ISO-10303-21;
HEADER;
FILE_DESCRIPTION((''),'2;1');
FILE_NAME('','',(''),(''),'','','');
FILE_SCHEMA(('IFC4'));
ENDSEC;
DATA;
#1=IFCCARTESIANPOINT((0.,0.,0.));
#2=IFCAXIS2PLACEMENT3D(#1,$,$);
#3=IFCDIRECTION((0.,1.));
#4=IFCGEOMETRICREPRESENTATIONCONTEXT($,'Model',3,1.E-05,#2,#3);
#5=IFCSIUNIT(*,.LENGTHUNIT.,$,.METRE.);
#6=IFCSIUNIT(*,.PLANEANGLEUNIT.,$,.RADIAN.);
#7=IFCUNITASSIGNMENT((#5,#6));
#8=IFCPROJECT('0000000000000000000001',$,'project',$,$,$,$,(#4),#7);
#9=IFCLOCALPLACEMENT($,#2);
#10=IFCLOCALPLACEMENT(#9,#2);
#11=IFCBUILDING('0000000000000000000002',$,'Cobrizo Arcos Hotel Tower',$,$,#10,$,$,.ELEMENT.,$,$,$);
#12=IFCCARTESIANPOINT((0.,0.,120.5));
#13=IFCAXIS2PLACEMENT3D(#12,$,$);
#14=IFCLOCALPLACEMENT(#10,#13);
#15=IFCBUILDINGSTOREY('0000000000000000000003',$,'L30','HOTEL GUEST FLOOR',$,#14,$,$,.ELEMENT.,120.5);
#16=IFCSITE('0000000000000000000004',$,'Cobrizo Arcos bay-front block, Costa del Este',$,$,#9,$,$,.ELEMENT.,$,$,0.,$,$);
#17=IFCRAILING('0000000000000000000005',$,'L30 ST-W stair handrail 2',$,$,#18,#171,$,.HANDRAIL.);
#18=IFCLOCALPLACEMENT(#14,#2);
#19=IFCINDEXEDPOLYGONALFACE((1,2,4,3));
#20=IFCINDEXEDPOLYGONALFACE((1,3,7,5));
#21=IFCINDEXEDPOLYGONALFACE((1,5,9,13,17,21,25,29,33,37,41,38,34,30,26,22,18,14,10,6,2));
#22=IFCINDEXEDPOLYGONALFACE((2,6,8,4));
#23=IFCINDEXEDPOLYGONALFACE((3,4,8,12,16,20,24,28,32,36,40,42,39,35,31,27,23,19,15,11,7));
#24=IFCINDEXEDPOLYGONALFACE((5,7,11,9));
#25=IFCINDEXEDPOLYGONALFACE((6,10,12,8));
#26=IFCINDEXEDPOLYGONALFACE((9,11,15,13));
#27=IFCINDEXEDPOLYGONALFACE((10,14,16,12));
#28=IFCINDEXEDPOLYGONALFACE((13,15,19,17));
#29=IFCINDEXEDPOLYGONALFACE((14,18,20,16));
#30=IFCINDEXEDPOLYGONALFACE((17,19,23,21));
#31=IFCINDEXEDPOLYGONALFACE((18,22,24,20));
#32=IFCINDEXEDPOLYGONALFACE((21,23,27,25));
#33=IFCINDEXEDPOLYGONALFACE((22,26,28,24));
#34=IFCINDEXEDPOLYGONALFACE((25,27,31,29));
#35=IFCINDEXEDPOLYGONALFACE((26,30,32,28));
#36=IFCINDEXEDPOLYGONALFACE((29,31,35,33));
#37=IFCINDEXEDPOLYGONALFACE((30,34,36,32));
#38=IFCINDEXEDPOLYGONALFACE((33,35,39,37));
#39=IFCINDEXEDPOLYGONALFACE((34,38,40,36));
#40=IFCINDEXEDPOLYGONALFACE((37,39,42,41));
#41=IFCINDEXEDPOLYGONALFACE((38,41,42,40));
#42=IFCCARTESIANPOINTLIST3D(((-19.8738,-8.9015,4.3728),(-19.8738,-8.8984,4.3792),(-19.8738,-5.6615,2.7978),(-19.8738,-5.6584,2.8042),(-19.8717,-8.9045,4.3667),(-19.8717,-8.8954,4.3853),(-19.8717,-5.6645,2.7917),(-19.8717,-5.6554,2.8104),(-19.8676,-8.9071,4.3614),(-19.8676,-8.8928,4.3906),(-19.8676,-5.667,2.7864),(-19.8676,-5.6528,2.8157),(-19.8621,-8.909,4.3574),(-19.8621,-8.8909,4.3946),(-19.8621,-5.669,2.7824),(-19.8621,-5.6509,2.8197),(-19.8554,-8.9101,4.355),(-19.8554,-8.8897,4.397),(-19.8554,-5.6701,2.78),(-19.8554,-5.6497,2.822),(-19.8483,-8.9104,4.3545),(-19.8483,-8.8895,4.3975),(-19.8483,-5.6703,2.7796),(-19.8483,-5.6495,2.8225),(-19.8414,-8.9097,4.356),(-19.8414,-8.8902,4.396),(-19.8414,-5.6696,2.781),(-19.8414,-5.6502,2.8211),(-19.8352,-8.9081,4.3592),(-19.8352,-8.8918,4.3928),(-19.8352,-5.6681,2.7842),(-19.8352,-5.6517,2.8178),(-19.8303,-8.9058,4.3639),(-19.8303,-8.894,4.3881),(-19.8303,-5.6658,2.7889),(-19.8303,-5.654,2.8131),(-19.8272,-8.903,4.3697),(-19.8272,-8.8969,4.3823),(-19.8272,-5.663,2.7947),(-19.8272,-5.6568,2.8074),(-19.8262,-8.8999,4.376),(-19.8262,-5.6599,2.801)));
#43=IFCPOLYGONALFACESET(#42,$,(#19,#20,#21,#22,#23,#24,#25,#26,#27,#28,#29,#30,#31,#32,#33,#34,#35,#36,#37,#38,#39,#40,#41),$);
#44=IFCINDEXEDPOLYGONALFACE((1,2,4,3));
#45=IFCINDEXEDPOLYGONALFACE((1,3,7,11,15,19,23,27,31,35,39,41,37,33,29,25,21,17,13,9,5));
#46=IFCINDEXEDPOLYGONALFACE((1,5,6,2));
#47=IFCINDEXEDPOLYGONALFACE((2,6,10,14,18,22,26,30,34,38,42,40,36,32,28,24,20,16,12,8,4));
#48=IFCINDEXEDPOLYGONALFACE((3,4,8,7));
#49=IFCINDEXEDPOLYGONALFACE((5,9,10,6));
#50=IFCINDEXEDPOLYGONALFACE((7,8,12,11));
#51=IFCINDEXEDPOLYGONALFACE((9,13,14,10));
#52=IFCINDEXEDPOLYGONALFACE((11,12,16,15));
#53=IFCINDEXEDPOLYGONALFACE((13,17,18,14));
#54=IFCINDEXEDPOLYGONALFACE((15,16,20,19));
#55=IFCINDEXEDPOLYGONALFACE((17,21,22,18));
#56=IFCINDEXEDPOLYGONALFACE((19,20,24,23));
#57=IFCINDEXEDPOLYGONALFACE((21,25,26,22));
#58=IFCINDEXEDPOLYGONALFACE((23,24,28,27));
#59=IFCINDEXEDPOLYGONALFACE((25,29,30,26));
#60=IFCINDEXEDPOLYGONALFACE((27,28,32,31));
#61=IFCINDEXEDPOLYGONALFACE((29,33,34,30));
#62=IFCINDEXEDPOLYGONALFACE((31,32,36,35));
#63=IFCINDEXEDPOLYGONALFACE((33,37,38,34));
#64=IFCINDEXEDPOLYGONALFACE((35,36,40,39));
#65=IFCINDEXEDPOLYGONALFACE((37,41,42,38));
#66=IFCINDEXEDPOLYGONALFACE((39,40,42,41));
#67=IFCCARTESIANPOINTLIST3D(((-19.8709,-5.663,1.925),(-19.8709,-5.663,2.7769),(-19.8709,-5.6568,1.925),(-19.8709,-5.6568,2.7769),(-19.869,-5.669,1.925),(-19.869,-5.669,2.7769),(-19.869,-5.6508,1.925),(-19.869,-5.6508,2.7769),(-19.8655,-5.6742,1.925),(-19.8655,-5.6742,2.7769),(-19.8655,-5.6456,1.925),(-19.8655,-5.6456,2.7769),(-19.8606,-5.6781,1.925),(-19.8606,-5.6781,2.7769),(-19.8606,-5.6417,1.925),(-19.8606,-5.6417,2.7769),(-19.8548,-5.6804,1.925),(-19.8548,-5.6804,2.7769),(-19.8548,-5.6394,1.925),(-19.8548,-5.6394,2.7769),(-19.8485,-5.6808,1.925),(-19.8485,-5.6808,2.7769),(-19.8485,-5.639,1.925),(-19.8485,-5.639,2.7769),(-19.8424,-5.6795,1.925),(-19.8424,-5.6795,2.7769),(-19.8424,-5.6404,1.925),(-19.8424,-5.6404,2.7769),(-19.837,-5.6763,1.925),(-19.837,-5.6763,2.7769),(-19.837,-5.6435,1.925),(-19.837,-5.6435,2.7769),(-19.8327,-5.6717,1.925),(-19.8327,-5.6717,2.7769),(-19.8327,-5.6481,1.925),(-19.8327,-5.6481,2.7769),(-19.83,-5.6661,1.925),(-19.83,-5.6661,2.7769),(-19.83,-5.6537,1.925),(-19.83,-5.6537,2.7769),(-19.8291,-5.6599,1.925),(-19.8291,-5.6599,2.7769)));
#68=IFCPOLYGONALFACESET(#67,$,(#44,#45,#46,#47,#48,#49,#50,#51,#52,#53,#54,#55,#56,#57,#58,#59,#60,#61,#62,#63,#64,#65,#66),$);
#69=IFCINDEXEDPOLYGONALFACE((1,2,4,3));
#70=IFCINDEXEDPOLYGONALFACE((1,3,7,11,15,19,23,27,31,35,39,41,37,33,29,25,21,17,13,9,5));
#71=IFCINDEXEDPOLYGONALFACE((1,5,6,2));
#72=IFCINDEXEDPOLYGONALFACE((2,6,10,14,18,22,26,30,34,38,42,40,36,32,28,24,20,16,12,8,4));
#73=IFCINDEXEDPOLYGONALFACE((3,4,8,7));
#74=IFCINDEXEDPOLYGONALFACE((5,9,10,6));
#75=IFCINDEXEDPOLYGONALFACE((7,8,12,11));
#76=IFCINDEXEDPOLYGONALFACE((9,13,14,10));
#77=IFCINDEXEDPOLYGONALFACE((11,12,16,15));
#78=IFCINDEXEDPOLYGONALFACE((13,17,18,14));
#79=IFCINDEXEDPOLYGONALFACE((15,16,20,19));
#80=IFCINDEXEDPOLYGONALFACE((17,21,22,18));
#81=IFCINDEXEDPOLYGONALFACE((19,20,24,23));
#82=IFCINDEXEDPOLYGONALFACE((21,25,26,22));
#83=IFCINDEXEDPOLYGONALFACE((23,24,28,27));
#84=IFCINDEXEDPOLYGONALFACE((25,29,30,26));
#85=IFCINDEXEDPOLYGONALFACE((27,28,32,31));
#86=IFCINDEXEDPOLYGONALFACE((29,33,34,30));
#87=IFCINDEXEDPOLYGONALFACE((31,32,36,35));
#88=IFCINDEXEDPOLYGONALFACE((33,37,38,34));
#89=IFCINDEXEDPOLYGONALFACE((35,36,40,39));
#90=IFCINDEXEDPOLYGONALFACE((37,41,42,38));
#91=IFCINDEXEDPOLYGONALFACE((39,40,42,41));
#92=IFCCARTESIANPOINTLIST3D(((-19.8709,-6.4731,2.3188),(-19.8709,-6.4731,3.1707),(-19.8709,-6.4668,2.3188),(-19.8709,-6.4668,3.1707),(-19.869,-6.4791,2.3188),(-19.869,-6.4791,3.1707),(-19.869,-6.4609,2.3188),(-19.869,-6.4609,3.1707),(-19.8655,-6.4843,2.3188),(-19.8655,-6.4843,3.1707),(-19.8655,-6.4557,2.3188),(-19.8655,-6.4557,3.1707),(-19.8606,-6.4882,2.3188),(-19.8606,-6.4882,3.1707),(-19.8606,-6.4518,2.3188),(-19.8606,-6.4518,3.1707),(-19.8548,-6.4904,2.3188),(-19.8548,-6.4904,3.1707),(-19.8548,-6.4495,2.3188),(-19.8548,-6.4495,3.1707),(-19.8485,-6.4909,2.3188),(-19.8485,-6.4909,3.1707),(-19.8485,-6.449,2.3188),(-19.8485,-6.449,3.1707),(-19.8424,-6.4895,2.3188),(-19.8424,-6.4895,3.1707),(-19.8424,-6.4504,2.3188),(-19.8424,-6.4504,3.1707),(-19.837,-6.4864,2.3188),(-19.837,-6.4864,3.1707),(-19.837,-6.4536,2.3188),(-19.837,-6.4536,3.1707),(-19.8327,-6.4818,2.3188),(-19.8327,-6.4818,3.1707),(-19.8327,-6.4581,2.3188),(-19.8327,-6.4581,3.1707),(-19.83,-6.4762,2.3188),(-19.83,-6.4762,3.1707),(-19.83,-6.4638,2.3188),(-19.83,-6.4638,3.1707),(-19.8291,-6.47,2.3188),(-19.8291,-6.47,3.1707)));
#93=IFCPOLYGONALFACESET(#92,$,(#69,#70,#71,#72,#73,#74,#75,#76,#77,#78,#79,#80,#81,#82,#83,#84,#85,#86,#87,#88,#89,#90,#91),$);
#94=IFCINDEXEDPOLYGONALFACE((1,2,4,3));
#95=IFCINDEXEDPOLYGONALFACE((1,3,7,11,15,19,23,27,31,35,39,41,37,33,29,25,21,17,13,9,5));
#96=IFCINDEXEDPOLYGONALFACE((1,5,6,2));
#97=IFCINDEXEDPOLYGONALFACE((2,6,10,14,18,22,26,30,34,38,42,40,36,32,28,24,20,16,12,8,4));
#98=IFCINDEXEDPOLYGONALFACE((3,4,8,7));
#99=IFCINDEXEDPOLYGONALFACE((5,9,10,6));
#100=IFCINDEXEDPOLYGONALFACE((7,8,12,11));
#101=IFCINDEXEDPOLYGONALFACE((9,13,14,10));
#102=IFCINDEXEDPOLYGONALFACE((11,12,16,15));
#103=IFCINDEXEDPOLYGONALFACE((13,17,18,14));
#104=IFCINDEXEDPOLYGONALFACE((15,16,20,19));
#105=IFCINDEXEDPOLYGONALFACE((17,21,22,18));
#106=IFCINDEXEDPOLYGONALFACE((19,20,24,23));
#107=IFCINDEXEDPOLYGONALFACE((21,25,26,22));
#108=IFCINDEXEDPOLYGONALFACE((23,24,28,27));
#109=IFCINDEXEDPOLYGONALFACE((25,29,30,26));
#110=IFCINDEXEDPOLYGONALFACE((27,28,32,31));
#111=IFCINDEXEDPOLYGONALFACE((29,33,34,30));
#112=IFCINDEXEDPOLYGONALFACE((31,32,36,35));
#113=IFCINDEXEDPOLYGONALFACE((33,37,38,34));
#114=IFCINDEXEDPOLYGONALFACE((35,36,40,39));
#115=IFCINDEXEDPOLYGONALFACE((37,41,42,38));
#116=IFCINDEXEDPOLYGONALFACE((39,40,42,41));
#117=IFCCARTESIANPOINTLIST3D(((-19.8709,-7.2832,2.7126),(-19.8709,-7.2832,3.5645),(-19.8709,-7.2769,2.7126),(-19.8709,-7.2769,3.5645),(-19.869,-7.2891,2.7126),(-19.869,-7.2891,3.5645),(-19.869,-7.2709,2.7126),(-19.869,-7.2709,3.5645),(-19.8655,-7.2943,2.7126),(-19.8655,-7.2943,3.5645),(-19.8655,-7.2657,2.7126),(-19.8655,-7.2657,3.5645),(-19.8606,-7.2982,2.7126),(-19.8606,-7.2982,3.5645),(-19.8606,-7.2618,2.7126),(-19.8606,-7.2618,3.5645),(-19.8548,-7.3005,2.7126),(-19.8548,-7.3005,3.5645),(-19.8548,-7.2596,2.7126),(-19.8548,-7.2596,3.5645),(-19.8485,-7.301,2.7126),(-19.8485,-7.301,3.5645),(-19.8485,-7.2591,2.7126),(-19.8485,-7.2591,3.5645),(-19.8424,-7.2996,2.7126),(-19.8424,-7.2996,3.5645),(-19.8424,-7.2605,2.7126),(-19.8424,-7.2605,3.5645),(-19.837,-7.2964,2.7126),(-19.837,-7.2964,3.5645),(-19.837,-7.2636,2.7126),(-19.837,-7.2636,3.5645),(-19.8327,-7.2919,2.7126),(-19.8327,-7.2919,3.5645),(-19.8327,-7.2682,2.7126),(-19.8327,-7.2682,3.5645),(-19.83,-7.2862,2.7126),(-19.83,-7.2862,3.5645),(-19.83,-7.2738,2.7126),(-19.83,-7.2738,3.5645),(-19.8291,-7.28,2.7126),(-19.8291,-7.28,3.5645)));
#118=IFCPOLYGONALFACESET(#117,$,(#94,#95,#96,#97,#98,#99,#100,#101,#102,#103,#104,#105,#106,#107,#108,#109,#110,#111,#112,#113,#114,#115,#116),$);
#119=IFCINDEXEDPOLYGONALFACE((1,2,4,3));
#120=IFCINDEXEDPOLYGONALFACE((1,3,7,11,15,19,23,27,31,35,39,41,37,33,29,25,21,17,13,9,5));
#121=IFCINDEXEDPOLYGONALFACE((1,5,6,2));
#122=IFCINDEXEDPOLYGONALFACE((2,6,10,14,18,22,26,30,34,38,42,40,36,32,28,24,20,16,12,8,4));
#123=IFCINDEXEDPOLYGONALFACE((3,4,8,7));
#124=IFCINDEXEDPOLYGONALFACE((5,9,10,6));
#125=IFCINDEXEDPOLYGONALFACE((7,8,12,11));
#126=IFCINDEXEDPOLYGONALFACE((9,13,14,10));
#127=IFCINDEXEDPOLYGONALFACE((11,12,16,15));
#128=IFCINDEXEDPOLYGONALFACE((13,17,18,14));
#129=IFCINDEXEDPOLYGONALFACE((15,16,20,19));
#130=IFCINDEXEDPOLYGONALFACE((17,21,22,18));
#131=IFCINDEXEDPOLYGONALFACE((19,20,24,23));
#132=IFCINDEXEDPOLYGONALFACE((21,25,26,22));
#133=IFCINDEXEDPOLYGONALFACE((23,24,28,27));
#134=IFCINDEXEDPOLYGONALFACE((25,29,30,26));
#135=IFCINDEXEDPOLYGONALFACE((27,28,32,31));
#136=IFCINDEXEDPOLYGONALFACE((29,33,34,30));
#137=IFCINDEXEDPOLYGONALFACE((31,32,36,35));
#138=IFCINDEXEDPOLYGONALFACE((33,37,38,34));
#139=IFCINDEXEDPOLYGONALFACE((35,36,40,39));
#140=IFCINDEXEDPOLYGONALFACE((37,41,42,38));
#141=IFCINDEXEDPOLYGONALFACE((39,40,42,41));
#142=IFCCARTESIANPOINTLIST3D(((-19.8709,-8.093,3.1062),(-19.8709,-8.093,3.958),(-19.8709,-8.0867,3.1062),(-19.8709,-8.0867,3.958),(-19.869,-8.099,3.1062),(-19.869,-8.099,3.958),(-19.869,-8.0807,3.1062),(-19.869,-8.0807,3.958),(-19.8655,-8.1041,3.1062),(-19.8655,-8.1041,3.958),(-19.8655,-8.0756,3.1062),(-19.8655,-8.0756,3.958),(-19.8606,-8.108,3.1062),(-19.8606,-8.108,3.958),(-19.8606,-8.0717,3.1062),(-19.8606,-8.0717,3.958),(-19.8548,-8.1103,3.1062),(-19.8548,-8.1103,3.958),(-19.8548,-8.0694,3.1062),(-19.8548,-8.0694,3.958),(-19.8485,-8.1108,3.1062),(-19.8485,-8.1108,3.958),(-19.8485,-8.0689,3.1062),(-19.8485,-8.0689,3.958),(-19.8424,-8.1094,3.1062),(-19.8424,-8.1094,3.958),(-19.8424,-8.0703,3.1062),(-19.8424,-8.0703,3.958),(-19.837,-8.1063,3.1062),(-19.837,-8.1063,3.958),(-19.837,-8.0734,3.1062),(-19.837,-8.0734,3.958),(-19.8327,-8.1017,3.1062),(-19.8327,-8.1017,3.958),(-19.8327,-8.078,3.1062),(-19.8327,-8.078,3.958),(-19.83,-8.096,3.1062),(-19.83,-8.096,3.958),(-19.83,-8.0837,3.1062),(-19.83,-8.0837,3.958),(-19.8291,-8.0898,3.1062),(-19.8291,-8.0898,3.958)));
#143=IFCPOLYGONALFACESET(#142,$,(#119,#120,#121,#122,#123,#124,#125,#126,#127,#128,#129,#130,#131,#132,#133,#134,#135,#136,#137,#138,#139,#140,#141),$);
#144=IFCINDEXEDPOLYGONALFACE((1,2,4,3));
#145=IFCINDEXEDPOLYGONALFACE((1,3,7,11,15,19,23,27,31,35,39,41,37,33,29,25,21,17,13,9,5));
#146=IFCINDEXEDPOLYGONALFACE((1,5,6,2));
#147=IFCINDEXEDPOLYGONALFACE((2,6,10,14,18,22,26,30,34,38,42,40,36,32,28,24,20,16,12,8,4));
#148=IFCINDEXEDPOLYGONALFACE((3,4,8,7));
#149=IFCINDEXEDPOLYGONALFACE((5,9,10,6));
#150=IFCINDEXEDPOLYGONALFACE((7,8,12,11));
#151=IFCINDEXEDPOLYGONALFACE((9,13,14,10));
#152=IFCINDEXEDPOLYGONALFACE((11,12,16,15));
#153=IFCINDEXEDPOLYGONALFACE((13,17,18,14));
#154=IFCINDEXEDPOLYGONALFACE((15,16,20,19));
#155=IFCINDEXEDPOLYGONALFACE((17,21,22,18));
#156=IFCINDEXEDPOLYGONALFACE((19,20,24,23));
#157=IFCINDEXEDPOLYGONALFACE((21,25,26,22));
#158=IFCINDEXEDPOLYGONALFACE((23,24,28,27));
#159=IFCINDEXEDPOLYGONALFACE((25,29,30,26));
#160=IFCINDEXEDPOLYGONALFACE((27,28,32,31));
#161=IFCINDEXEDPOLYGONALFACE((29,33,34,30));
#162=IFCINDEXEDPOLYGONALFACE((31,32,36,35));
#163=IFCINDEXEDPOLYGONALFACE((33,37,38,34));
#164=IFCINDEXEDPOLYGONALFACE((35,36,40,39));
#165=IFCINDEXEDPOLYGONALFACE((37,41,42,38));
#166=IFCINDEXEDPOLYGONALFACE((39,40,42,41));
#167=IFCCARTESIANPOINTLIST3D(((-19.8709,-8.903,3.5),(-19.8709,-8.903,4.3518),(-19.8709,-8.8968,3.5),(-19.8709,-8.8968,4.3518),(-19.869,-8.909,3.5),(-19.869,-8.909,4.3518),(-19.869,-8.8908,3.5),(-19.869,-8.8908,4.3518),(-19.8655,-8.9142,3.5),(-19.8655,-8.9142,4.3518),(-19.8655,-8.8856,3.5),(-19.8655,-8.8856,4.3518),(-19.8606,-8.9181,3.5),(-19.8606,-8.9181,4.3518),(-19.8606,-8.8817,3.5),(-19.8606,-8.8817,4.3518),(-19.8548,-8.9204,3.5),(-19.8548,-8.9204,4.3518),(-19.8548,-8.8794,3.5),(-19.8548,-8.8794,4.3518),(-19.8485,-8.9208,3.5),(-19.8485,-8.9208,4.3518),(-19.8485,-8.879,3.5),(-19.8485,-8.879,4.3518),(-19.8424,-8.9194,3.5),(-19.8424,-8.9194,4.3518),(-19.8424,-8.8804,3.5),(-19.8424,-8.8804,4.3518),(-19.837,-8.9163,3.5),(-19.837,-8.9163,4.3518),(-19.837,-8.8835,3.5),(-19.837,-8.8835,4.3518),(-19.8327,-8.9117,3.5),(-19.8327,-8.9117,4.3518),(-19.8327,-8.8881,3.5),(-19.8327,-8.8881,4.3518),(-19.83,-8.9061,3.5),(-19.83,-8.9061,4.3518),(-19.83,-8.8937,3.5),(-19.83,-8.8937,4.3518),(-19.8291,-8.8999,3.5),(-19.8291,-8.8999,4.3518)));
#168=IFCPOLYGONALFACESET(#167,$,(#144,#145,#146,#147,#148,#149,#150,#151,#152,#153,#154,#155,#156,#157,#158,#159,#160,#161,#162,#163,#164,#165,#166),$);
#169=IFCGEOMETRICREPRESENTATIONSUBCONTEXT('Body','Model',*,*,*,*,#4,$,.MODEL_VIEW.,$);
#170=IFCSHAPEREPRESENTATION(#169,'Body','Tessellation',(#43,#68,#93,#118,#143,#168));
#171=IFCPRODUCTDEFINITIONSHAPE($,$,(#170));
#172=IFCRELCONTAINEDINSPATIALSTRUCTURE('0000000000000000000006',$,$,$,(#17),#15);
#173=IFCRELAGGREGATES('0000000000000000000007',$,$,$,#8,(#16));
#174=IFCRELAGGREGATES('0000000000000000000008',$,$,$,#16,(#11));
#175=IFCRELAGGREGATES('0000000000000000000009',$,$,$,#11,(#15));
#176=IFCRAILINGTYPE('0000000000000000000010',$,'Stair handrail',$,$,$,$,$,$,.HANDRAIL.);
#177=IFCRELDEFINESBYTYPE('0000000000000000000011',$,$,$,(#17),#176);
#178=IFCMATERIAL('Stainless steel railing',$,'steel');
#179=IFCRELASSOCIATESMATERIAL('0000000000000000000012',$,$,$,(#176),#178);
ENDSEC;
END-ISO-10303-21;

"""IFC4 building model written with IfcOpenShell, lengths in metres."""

from ifc_helpers import new_model, si_unit, direction, frame, origin, origin_2d, place, context, subcontext, project, spatial, circle, extrude, material, type_object, element, save


model = new_model("IFC4")

# Units and contexts
model_context = context("Model", 3, precision=1e-05, world=origin(), true_north=direction((0.0, 1.0)))
body_context = subcontext(model_context, "Body", "Model", "MODEL_VIEW")
ifc_project = project(units=[si_unit("LENGTHUNIT", "METRE"), si_unit("PLANEANGLEUNIT", "RADIAN")], contexts=[model_context])

# Site, building, storey
site_placement = place(None, origin())
site = spatial("IfcSite", under=ifc_project, at=site_placement, Name="Cobrizo Arcos bay-front block, Costa del Este", CompositionType="ELEMENT", RefElevation=0.0)
building_placement = place(site_placement, origin())
building = spatial("IfcBuilding", under=site, at=building_placement, Name="Cobrizo Arcos Hotel Tower", CompositionType="ELEMENT")
storey_placement = place(building_placement, frame((0.0, 0.0, 120.5)))
storey = spatial("IfcBuildingStorey", under=building, at=storey_placement, Name="L30", Description="HOTEL GUEST FLOOR", CompositionType="ELEMENT", Elevation=120.5)

# Railing
ifc_material_1 = material(Name="Stainless steel railing", Category="steel")
railing_type_1 = type_object("IfcRailingType", Name="Stair handrail", PredefinedType="HANDRAIL", material=ifc_material_1)
railing_1_placement = place(storey_placement, frame((-19.8501, -5.6599, 1.925)))
element("IfcRailing", 1, at=railing_1_placement, inside=storey, type_object=railing_type_1, Name="L30 ST-W stair handrail 2", PredefinedType="HANDRAIL", context=body_context, shape_type="SweptSolid", body=[
    extrude(circle(Radius=0.0239, at=origin_2d()), frame((0.0, 0.0, 0.876), z_axis=(0.0, -0.899373, 0.437183), x_axis=(1.0, 0.0, 0.0)), (0.0, 0.0, 1.0), 3.6025),
    extrude(circle(Radius=0.021, at=origin_2d()), origin(), (0.0, 0.0, 1.0), 0.8518),
    extrude(circle(Radius=0.021, at=origin_2d()), frame((0.0, -0.8101, 0.3938)), (0.0, 0.0, 1.0), 0.8518),
    extrude(circle(Radius=0.021, at=origin_2d()), frame((0.0, -1.6201, 0.7876)), (0.0, 0.0, 1.0), 0.8518),
    extrude(circle(Radius=0.021, at=origin_2d()), frame((0.0, -2.4299, 1.1812)), (0.0, 0.0, 1.0), 0.8518),
    extrude(circle(Radius=0.021, at=origin_2d()), frame((0.0, -3.24, 1.575)), (0.0, 0.0, 1.0), 0.8518),
])

save(model, "model.ifc")
